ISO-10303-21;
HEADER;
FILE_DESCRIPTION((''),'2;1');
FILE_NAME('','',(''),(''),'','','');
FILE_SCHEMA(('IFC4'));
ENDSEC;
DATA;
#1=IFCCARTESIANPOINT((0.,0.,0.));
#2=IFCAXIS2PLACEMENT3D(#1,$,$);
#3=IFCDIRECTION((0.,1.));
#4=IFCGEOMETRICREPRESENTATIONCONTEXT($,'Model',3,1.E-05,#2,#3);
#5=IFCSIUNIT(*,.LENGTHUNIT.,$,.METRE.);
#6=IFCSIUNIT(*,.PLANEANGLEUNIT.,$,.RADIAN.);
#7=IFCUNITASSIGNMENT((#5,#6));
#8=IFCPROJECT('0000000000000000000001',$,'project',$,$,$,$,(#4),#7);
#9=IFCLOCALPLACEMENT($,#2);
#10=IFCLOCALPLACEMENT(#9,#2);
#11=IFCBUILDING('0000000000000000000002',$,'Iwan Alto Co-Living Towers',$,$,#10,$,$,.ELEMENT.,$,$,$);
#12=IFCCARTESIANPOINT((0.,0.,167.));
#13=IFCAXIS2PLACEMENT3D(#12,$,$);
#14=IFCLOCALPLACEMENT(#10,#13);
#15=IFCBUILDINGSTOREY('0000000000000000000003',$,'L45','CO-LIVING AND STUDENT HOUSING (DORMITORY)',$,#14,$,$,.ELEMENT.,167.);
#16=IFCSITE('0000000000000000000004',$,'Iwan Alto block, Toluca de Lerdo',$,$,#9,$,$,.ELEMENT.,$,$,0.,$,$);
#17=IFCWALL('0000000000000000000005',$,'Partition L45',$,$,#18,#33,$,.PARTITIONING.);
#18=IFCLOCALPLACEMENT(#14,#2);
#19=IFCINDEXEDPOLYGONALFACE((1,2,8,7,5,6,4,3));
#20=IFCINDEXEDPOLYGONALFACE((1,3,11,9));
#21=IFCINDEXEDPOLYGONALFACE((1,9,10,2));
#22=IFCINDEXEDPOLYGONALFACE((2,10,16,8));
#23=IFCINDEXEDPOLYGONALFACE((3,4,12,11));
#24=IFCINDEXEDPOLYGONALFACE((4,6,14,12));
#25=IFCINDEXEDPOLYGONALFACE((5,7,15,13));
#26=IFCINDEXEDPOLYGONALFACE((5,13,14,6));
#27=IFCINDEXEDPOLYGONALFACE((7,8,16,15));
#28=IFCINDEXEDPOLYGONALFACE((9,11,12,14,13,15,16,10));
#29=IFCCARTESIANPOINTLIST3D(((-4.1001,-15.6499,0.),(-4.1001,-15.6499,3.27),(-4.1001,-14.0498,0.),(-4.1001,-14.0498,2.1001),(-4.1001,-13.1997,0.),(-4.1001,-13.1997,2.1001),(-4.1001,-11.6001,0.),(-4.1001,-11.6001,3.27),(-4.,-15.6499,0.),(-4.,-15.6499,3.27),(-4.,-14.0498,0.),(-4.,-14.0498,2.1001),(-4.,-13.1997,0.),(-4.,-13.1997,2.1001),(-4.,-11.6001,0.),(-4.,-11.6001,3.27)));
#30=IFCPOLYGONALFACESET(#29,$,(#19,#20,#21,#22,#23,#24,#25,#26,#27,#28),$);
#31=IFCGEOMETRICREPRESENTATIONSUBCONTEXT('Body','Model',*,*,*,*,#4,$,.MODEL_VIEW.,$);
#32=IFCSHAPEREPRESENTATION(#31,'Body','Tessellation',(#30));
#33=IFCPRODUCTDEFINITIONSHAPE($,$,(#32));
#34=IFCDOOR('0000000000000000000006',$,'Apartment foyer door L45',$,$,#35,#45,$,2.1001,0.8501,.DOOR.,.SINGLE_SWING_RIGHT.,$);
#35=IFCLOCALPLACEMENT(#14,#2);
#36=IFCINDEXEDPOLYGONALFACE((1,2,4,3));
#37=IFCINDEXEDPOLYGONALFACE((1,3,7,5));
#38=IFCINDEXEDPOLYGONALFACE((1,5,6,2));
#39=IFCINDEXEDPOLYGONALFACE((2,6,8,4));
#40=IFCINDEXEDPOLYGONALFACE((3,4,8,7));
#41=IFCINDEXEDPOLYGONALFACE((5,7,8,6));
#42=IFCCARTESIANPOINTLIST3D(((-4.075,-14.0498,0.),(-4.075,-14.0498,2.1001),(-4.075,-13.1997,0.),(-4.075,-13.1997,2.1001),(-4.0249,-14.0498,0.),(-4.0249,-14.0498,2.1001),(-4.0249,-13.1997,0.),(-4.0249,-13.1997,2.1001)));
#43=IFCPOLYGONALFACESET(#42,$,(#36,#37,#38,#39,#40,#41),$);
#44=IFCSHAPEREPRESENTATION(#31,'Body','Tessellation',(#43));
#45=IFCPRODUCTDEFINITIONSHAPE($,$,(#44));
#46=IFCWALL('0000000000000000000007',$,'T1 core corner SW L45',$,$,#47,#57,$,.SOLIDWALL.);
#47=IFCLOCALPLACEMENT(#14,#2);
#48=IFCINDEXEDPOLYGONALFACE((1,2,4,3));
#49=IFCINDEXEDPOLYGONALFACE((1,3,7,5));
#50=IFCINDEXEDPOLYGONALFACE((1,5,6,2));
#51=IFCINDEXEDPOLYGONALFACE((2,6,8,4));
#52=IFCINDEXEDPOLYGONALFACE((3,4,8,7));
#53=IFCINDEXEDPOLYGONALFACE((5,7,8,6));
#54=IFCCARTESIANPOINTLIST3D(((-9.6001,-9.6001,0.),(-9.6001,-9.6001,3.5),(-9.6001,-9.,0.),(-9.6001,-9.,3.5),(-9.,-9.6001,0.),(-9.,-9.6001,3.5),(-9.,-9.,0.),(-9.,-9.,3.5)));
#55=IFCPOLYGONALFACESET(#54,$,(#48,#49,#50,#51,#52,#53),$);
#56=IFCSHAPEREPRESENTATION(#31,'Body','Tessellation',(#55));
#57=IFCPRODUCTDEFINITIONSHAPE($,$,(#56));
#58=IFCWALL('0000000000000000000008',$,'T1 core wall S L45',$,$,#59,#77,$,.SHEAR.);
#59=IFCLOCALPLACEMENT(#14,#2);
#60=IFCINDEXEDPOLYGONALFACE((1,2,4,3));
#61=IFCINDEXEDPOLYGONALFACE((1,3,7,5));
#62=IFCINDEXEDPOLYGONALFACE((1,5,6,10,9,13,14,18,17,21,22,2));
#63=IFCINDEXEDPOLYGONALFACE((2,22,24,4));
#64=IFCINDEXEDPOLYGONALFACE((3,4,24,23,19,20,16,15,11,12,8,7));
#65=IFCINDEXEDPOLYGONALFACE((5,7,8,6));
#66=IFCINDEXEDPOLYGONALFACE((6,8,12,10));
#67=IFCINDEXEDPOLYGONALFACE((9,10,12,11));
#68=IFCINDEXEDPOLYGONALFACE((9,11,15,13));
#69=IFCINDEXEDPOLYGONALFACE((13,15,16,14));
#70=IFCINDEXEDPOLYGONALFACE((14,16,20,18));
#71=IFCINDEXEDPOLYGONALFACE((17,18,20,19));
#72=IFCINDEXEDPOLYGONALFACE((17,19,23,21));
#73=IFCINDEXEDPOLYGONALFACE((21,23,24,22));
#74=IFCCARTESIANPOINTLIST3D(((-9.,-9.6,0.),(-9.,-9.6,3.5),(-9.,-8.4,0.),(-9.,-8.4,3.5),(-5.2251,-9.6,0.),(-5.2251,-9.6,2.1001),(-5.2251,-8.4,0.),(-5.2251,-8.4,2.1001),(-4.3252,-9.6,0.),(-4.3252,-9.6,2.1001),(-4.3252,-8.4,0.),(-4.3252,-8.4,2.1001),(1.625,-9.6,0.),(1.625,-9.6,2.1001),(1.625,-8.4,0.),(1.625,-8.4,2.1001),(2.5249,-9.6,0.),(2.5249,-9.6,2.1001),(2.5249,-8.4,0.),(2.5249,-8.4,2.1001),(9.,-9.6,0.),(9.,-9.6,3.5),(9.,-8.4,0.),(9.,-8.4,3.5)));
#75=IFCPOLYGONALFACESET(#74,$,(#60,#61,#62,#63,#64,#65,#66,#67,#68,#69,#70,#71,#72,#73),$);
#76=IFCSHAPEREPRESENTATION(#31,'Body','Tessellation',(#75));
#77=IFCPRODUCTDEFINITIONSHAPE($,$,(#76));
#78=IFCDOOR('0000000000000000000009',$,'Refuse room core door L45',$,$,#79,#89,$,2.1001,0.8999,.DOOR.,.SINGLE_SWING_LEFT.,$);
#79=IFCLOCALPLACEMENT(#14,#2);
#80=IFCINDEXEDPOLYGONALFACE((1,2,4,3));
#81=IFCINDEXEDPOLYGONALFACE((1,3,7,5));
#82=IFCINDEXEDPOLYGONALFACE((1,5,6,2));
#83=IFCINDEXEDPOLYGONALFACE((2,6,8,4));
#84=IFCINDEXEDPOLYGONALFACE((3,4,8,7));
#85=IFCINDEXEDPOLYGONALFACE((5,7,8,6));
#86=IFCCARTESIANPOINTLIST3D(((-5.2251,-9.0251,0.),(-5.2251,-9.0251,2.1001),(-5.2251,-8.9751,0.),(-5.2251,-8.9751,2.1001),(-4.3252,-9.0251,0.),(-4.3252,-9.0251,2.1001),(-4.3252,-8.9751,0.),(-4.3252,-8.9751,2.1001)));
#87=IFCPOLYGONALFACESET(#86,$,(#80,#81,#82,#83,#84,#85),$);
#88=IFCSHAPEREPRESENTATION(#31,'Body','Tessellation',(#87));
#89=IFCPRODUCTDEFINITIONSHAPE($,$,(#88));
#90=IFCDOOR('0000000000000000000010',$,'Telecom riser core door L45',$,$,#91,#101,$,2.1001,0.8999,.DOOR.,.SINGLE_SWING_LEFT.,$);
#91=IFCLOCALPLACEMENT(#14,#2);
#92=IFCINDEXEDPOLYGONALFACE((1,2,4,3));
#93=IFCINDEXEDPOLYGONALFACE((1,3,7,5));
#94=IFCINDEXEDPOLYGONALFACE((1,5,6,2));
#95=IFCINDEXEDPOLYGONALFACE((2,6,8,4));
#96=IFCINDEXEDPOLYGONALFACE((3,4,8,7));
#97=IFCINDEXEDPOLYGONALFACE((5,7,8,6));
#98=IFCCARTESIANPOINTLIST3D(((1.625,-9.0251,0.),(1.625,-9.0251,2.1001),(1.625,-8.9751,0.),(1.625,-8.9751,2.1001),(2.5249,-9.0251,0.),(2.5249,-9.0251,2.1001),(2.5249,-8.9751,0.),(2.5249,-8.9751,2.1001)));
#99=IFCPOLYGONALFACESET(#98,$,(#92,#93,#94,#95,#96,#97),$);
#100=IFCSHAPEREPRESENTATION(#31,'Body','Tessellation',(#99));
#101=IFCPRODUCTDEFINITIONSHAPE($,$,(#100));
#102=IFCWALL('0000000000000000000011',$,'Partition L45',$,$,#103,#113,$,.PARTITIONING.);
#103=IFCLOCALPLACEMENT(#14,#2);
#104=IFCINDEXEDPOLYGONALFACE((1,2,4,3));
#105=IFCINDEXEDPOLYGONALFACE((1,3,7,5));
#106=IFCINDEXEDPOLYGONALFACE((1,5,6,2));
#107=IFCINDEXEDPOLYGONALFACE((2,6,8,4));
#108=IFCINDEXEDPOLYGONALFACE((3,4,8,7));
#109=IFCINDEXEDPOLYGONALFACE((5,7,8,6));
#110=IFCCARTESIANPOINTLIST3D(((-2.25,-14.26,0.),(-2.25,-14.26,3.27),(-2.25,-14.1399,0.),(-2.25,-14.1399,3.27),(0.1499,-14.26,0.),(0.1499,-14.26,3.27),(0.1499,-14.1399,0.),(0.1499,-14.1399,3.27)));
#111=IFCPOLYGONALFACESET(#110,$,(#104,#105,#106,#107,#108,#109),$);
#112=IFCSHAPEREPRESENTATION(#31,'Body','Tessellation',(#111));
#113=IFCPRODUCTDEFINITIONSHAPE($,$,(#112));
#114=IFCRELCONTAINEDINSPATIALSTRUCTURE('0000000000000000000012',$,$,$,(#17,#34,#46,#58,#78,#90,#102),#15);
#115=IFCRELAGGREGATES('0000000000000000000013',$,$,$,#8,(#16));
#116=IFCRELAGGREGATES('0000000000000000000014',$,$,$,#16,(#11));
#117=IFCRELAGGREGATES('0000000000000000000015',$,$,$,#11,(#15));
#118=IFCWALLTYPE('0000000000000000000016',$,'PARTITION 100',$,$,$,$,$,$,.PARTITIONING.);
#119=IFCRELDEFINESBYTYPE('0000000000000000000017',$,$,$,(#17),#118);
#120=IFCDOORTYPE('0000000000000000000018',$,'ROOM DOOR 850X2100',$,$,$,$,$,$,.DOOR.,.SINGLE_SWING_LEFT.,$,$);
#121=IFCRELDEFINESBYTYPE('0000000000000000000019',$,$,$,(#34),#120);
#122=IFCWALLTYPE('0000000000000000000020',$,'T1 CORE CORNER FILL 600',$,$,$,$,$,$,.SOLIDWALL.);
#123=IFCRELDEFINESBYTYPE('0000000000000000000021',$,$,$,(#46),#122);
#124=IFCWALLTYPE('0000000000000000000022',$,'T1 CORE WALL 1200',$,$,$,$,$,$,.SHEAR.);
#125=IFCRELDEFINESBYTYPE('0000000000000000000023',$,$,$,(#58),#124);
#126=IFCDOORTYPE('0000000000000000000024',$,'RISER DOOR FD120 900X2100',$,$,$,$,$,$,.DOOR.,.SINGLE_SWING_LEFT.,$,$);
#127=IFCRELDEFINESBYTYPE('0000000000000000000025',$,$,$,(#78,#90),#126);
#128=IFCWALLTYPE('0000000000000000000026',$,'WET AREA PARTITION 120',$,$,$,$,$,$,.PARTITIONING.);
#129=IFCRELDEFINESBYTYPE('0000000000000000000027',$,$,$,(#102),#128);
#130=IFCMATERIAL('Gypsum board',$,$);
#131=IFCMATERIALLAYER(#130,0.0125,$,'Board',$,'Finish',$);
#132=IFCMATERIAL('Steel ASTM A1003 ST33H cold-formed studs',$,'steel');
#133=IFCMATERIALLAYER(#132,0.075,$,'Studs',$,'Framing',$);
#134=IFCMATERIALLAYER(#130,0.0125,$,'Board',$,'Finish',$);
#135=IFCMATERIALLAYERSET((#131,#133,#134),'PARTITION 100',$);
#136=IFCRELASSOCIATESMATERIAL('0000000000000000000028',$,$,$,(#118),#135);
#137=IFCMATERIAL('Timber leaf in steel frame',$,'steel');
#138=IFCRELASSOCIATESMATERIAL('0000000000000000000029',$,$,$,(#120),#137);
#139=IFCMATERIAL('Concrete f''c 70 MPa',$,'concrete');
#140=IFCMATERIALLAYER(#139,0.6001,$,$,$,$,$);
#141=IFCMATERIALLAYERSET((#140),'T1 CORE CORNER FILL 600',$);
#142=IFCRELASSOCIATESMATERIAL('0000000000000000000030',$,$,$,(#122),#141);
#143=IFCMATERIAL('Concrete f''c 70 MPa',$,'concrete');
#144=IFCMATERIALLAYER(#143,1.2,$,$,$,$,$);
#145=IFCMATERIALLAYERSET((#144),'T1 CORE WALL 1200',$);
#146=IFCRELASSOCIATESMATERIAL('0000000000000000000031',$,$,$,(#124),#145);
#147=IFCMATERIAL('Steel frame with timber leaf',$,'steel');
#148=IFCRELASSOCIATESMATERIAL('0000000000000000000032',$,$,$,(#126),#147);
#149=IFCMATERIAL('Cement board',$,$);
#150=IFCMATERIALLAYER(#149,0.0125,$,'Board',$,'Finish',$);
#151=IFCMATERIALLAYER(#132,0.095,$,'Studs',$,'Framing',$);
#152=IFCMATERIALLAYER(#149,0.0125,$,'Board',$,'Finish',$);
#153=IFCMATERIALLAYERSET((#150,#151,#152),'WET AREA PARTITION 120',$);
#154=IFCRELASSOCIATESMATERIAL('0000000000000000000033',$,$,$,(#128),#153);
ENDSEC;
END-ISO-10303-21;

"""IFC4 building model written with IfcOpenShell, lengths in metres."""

from ifc_helpers import new_model, si_unit, direction, frame, frame_2d, origin, place, context, subcontext, project, spatial, rectangle, extrude, material, layer, layer_set, type_object, element, fill, save


model = new_model("IFC4")

# Units and contexts
model_context = context("Model", 3, precision=1e-05, world=origin(), true_north=direction((0.0, 1.0)))
body_context = subcontext(model_context, "Body", "Model", "MODEL_VIEW")
ifc_project = project(units=[si_unit("LENGTHUNIT", "METRE"), si_unit("PLANEANGLEUNIT", "RADIAN")], contexts=[model_context])

# Site, building, storey
site_placement = place(None, origin())
site = spatial("IfcSite", under=ifc_project, at=site_placement, Name="Iwan Alto block, Toluca de Lerdo", CompositionType="ELEMENT", RefElevation=0.0)
building_placement = place(site_placement, origin())
building = spatial("IfcBuilding", under=site, at=building_placement, Name="Iwan Alto Co-Living Towers", CompositionType="ELEMENT")
storey_placement = place(building_placement, frame((0.0, 0.0, 167.0)))
storey = spatial("IfcBuildingStorey", under=building, at=storey_placement, Name="L45", Description="CO-LIVING AND STUDENT HOUSING (DORMITORY)", CompositionType="ELEMENT", Elevation=167.0)

# Shared definitions
ifc_material_1 = material(Name="Gypsum board")
ifc_material_2 = material(Name="Steel ASTM A1003 ST33H cold-formed studs", Category="steel")

# Shared definitions
ifc_layer_1 = layer(ifc_material_1, 0.0125, Name="Board", Category="Finish")
ifc_layer_2 = layer(ifc_material_2, 0.075, Name="Studs", Category="Framing")
ifc_layer_3 = layer(ifc_material_1, 0.0125, Name="Board", Category="Finish")
ifc_layer_set_1 = layer_set([ifc_layer_1, ifc_layer_2, ifc_layer_3], Name="PARTITION 100")
wall_type_1 = type_object("IfcWallType", Name="PARTITION 100", PredefinedType="PARTITIONING", material=ifc_layer_set_1)

# Wall, opening, door
wall_1_placement = place(storey_placement, frame((-4.05, -15.6499, 0.0), z_axis=(0.0, 0.0, 1.0), x_axis=(0.0, 1.0, 0.0)))
wall_1 = element("IfcWall", 1, at=wall_1_placement, inside=storey, type_object=wall_type_1, Name="Partition L45", PredefinedType="PARTITIONING", context=body_context, shape_type="SweptSolid", body=[
    extrude(rectangle(XDim=4.0498, YDim=0.1001, at=frame_2d((2.0249, 0.0))), origin(), (0.0, 0.0, 1.0), 3.27),
])
opening_1_placement = place(wall_1_placement, frame((1.6001, 0.0, 0.0)))
opening_1 = element("IfcOpeningElement", 2, at=opening_1_placement, cuts=wall_1, PredefinedType="OPENING", context=body_context, shape_type="SweptSolid", body=[
    extrude(rectangle(XDim=0.8501, YDim=2.1001, at=frame_2d((0.425, 1.05))), frame((0.0, 0.0601, 0.0), z_axis=(0.0, -1.0, 0.0), x_axis=(1.0, 0.0, 0.0)), (0.0, 0.0, 1.0), 0.1201),
])
ifc_material_3 = material(Name="Timber leaf in steel frame", Category="steel")
door_type_1 = type_object("IfcDoorType", Name="ROOM DOOR 850X2100", OperationType="SINGLE_SWING_LEFT", PredefinedType="DOOR", material=ifc_material_3)
door_1_placement = place(opening_1_placement, origin())
door_1 = element("IfcDoor", 3, at=door_1_placement, inside=storey, type_object=door_type_1, Name="Apartment foyer door L45", OperationType="SINGLE_SWING_RIGHT", OverallHeight=2.1001, OverallWidth=0.8501, PredefinedType="DOOR", context=body_context, shape_type="SweptSolid", body=[
    extrude(rectangle(XDim=0.8501, YDim=2.1001, at=frame_2d((0.425, 1.05))), frame((0.0, 0.0249, 0.0), z_axis=(0.0, -1.0, 0.0), x_axis=(1.0, 0.0, 0.0)), (0.0, 0.0, 1.0), 0.05),
])
fill(opening_1, door_1)

# Wall
ifc_material_4 = material(Name="Concrete f'c 70 MPa", Category="concrete")
ifc_layer_4 = layer(ifc_material_4, 0.6001)
ifc_layer_set_2 = layer_set([ifc_layer_4], Name="T1 CORE CORNER FILL 600")
wall_type_2 = type_object("IfcWallType", Name="T1 CORE CORNER FILL 600", PredefinedType="SOLIDWALL", material=ifc_layer_set_2)
wall_2_placement = place(storey_placement, frame((-9.6001, -9.3, 0.0), z_axis=(0.0, 0.0, 1.0), x_axis=(1.0, 0.0, 0.0)))
element("IfcWall", 4, at=wall_2_placement, inside=storey, type_object=wall_type_2, Name="T1 core corner SW L45", PredefinedType="SOLIDWALL", context=body_context, shape_type="SweptSolid", body=[
    extrude(rectangle(XDim=0.6001, YDim=0.6001, at=frame_2d((0.3, 0.0))), origin(), (0.0, 0.0, 1.0), 3.5),
])

# Wall, openings, doors
ifc_material_5 = material(Name="Concrete f'c 70 MPa", Category="concrete")
ifc_layer_5 = layer(ifc_material_5, 1.2)
ifc_layer_set_3 = layer_set([ifc_layer_5], Name="T1 CORE WALL 1200")
wall_type_3 = type_object("IfcWallType", Name="T1 CORE WALL 1200", PredefinedType="SHEAR", material=ifc_layer_set_3)
wall_3_placement = place(storey_placement, frame((-9.0, -9.0, 0.0), z_axis=(0.0, 0.0, 1.0), x_axis=(1.0, 0.0, 0.0)))
wall_3 = element("IfcWall", 5, at=wall_3_placement, inside=storey, type_object=wall_type_3, Name="T1 core wall S L45", PredefinedType="SHEAR", context=body_context, shape_type="SweptSolid", body=[
    extrude(rectangle(XDim=18.0, YDim=1.2, at=frame_2d((9.0, 0.0))), origin(), (0.0, 0.0, 1.0), 3.5),
])
opening_2_placement = place(wall_3_placement, frame((3.7749, 0.0, 0.0)))
opening_2 = element("IfcOpeningElement", 6, at=opening_2_placement, cuts=wall_3, PredefinedType="OPENING", context=body_context, shape_type="SweptSolid", body=[
    extrude(rectangle(XDim=0.8999, YDim=2.1001, at=frame_2d((0.45, 1.05))), frame((0.0, 0.6099, 0.0), z_axis=(0.0, -1.0, 0.0), x_axis=(1.0, 0.0, 0.0)), (0.0, 0.0, 1.0), 1.22),
])
opening_3_placement = place(wall_3_placement, frame((10.625, 0.0, 0.0)))
opening_3 = element("IfcOpeningElement", 7, at=opening_3_placement, cuts=wall_3, PredefinedType="OPENING", context=body_context, shape_type="SweptSolid", body=[
    extrude(rectangle(XDim=0.8999, YDim=2.1001, at=frame_2d((0.45, 1.05))), frame((0.0, 0.6099, 0.0), z_axis=(0.0, -1.0, 0.0), x_axis=(1.0, 0.0, 0.0)), (0.0, 0.0, 1.0), 1.22),
])
ifc_material_6 = material(Name="Steel frame with timber leaf", Category="steel")
door_type_2 = type_object("IfcDoorType", Name="RISER DOOR FD120 900X2100", OperationType="SINGLE_SWING_LEFT", PredefinedType="DOOR", material=ifc_material_6)
door_2_placement = place(opening_2_placement, origin())
door_2 = element("IfcDoor", 8, at=door_2_placement, inside=storey, type_object=door_type_2, Name="Refuse room core door L45", OperationType="SINGLE_SWING_LEFT", OverallHeight=2.1001, OverallWidth=0.8999, PredefinedType="DOOR", context=body_context, shape_type="SweptSolid", body=[
    extrude(rectangle(XDim=0.8999, YDim=2.1001, at=frame_2d((0.45, 1.05))), frame((0.0, 0.0249, 0.0), z_axis=(0.0, -1.0, 0.0), x_axis=(1.0, 0.0, 0.0)), (0.0, 0.0, 1.0), 0.05),
])
fill(opening_2, door_2)
door_3_placement = place(opening_3_placement, origin())
door_3 = element("IfcDoor", 9, at=door_3_placement, inside=storey, type_object=door_type_2, Name="Telecom riser core door L45", OperationType="SINGLE_SWING_LEFT", OverallHeight=2.1001, OverallWidth=0.8999, PredefinedType="DOOR", context=body_context, shape_type="SweptSolid", body=[
    extrude(rectangle(XDim=0.8999, YDim=2.1001, at=frame_2d((0.45, 1.05))), frame((0.0, 0.0249, 0.0), z_axis=(0.0, -1.0, 0.0), x_axis=(1.0, 0.0, 0.0)), (0.0, 0.0, 1.0), 0.05),
])
fill(opening_3, door_3)

# Wall
ifc_material_7 = material(Name="Cement board")
ifc_layer_6 = layer(ifc_material_7, 0.0125, Name="Board", Category="Finish")
ifc_layer_7 = layer(ifc_material_2, 0.095, Name="Studs", Category="Framing")
ifc_layer_8 = layer(ifc_material_7, 0.0125, Name="Board", Category="Finish")
ifc_layer_set_4 = layer_set([ifc_layer_6, ifc_layer_7, ifc_layer_8], Name="WET AREA PARTITION 120")
wall_type_4 = type_object("IfcWallType", Name="WET AREA PARTITION 120", PredefinedType="PARTITIONING", material=ifc_layer_set_4)
wall_4_placement = place(storey_placement, frame((-2.25, -14.2, 0.0), z_axis=(0.0, 0.0, 1.0), x_axis=(1.0, 0.0, 0.0)))
element("IfcWall", 10, at=wall_4_placement, inside=storey, type_object=wall_type_4, Name="Partition L45", PredefinedType="PARTITIONING", context=body_context, shape_type="SweptSolid", body=[
    extrude(rectangle(XDim=2.3999, YDim=0.1201, at=frame_2d((1.2, 0.0))), origin(), (0.0, 0.0, 1.0), 3.27),
])

save(model, "model.ifc")
